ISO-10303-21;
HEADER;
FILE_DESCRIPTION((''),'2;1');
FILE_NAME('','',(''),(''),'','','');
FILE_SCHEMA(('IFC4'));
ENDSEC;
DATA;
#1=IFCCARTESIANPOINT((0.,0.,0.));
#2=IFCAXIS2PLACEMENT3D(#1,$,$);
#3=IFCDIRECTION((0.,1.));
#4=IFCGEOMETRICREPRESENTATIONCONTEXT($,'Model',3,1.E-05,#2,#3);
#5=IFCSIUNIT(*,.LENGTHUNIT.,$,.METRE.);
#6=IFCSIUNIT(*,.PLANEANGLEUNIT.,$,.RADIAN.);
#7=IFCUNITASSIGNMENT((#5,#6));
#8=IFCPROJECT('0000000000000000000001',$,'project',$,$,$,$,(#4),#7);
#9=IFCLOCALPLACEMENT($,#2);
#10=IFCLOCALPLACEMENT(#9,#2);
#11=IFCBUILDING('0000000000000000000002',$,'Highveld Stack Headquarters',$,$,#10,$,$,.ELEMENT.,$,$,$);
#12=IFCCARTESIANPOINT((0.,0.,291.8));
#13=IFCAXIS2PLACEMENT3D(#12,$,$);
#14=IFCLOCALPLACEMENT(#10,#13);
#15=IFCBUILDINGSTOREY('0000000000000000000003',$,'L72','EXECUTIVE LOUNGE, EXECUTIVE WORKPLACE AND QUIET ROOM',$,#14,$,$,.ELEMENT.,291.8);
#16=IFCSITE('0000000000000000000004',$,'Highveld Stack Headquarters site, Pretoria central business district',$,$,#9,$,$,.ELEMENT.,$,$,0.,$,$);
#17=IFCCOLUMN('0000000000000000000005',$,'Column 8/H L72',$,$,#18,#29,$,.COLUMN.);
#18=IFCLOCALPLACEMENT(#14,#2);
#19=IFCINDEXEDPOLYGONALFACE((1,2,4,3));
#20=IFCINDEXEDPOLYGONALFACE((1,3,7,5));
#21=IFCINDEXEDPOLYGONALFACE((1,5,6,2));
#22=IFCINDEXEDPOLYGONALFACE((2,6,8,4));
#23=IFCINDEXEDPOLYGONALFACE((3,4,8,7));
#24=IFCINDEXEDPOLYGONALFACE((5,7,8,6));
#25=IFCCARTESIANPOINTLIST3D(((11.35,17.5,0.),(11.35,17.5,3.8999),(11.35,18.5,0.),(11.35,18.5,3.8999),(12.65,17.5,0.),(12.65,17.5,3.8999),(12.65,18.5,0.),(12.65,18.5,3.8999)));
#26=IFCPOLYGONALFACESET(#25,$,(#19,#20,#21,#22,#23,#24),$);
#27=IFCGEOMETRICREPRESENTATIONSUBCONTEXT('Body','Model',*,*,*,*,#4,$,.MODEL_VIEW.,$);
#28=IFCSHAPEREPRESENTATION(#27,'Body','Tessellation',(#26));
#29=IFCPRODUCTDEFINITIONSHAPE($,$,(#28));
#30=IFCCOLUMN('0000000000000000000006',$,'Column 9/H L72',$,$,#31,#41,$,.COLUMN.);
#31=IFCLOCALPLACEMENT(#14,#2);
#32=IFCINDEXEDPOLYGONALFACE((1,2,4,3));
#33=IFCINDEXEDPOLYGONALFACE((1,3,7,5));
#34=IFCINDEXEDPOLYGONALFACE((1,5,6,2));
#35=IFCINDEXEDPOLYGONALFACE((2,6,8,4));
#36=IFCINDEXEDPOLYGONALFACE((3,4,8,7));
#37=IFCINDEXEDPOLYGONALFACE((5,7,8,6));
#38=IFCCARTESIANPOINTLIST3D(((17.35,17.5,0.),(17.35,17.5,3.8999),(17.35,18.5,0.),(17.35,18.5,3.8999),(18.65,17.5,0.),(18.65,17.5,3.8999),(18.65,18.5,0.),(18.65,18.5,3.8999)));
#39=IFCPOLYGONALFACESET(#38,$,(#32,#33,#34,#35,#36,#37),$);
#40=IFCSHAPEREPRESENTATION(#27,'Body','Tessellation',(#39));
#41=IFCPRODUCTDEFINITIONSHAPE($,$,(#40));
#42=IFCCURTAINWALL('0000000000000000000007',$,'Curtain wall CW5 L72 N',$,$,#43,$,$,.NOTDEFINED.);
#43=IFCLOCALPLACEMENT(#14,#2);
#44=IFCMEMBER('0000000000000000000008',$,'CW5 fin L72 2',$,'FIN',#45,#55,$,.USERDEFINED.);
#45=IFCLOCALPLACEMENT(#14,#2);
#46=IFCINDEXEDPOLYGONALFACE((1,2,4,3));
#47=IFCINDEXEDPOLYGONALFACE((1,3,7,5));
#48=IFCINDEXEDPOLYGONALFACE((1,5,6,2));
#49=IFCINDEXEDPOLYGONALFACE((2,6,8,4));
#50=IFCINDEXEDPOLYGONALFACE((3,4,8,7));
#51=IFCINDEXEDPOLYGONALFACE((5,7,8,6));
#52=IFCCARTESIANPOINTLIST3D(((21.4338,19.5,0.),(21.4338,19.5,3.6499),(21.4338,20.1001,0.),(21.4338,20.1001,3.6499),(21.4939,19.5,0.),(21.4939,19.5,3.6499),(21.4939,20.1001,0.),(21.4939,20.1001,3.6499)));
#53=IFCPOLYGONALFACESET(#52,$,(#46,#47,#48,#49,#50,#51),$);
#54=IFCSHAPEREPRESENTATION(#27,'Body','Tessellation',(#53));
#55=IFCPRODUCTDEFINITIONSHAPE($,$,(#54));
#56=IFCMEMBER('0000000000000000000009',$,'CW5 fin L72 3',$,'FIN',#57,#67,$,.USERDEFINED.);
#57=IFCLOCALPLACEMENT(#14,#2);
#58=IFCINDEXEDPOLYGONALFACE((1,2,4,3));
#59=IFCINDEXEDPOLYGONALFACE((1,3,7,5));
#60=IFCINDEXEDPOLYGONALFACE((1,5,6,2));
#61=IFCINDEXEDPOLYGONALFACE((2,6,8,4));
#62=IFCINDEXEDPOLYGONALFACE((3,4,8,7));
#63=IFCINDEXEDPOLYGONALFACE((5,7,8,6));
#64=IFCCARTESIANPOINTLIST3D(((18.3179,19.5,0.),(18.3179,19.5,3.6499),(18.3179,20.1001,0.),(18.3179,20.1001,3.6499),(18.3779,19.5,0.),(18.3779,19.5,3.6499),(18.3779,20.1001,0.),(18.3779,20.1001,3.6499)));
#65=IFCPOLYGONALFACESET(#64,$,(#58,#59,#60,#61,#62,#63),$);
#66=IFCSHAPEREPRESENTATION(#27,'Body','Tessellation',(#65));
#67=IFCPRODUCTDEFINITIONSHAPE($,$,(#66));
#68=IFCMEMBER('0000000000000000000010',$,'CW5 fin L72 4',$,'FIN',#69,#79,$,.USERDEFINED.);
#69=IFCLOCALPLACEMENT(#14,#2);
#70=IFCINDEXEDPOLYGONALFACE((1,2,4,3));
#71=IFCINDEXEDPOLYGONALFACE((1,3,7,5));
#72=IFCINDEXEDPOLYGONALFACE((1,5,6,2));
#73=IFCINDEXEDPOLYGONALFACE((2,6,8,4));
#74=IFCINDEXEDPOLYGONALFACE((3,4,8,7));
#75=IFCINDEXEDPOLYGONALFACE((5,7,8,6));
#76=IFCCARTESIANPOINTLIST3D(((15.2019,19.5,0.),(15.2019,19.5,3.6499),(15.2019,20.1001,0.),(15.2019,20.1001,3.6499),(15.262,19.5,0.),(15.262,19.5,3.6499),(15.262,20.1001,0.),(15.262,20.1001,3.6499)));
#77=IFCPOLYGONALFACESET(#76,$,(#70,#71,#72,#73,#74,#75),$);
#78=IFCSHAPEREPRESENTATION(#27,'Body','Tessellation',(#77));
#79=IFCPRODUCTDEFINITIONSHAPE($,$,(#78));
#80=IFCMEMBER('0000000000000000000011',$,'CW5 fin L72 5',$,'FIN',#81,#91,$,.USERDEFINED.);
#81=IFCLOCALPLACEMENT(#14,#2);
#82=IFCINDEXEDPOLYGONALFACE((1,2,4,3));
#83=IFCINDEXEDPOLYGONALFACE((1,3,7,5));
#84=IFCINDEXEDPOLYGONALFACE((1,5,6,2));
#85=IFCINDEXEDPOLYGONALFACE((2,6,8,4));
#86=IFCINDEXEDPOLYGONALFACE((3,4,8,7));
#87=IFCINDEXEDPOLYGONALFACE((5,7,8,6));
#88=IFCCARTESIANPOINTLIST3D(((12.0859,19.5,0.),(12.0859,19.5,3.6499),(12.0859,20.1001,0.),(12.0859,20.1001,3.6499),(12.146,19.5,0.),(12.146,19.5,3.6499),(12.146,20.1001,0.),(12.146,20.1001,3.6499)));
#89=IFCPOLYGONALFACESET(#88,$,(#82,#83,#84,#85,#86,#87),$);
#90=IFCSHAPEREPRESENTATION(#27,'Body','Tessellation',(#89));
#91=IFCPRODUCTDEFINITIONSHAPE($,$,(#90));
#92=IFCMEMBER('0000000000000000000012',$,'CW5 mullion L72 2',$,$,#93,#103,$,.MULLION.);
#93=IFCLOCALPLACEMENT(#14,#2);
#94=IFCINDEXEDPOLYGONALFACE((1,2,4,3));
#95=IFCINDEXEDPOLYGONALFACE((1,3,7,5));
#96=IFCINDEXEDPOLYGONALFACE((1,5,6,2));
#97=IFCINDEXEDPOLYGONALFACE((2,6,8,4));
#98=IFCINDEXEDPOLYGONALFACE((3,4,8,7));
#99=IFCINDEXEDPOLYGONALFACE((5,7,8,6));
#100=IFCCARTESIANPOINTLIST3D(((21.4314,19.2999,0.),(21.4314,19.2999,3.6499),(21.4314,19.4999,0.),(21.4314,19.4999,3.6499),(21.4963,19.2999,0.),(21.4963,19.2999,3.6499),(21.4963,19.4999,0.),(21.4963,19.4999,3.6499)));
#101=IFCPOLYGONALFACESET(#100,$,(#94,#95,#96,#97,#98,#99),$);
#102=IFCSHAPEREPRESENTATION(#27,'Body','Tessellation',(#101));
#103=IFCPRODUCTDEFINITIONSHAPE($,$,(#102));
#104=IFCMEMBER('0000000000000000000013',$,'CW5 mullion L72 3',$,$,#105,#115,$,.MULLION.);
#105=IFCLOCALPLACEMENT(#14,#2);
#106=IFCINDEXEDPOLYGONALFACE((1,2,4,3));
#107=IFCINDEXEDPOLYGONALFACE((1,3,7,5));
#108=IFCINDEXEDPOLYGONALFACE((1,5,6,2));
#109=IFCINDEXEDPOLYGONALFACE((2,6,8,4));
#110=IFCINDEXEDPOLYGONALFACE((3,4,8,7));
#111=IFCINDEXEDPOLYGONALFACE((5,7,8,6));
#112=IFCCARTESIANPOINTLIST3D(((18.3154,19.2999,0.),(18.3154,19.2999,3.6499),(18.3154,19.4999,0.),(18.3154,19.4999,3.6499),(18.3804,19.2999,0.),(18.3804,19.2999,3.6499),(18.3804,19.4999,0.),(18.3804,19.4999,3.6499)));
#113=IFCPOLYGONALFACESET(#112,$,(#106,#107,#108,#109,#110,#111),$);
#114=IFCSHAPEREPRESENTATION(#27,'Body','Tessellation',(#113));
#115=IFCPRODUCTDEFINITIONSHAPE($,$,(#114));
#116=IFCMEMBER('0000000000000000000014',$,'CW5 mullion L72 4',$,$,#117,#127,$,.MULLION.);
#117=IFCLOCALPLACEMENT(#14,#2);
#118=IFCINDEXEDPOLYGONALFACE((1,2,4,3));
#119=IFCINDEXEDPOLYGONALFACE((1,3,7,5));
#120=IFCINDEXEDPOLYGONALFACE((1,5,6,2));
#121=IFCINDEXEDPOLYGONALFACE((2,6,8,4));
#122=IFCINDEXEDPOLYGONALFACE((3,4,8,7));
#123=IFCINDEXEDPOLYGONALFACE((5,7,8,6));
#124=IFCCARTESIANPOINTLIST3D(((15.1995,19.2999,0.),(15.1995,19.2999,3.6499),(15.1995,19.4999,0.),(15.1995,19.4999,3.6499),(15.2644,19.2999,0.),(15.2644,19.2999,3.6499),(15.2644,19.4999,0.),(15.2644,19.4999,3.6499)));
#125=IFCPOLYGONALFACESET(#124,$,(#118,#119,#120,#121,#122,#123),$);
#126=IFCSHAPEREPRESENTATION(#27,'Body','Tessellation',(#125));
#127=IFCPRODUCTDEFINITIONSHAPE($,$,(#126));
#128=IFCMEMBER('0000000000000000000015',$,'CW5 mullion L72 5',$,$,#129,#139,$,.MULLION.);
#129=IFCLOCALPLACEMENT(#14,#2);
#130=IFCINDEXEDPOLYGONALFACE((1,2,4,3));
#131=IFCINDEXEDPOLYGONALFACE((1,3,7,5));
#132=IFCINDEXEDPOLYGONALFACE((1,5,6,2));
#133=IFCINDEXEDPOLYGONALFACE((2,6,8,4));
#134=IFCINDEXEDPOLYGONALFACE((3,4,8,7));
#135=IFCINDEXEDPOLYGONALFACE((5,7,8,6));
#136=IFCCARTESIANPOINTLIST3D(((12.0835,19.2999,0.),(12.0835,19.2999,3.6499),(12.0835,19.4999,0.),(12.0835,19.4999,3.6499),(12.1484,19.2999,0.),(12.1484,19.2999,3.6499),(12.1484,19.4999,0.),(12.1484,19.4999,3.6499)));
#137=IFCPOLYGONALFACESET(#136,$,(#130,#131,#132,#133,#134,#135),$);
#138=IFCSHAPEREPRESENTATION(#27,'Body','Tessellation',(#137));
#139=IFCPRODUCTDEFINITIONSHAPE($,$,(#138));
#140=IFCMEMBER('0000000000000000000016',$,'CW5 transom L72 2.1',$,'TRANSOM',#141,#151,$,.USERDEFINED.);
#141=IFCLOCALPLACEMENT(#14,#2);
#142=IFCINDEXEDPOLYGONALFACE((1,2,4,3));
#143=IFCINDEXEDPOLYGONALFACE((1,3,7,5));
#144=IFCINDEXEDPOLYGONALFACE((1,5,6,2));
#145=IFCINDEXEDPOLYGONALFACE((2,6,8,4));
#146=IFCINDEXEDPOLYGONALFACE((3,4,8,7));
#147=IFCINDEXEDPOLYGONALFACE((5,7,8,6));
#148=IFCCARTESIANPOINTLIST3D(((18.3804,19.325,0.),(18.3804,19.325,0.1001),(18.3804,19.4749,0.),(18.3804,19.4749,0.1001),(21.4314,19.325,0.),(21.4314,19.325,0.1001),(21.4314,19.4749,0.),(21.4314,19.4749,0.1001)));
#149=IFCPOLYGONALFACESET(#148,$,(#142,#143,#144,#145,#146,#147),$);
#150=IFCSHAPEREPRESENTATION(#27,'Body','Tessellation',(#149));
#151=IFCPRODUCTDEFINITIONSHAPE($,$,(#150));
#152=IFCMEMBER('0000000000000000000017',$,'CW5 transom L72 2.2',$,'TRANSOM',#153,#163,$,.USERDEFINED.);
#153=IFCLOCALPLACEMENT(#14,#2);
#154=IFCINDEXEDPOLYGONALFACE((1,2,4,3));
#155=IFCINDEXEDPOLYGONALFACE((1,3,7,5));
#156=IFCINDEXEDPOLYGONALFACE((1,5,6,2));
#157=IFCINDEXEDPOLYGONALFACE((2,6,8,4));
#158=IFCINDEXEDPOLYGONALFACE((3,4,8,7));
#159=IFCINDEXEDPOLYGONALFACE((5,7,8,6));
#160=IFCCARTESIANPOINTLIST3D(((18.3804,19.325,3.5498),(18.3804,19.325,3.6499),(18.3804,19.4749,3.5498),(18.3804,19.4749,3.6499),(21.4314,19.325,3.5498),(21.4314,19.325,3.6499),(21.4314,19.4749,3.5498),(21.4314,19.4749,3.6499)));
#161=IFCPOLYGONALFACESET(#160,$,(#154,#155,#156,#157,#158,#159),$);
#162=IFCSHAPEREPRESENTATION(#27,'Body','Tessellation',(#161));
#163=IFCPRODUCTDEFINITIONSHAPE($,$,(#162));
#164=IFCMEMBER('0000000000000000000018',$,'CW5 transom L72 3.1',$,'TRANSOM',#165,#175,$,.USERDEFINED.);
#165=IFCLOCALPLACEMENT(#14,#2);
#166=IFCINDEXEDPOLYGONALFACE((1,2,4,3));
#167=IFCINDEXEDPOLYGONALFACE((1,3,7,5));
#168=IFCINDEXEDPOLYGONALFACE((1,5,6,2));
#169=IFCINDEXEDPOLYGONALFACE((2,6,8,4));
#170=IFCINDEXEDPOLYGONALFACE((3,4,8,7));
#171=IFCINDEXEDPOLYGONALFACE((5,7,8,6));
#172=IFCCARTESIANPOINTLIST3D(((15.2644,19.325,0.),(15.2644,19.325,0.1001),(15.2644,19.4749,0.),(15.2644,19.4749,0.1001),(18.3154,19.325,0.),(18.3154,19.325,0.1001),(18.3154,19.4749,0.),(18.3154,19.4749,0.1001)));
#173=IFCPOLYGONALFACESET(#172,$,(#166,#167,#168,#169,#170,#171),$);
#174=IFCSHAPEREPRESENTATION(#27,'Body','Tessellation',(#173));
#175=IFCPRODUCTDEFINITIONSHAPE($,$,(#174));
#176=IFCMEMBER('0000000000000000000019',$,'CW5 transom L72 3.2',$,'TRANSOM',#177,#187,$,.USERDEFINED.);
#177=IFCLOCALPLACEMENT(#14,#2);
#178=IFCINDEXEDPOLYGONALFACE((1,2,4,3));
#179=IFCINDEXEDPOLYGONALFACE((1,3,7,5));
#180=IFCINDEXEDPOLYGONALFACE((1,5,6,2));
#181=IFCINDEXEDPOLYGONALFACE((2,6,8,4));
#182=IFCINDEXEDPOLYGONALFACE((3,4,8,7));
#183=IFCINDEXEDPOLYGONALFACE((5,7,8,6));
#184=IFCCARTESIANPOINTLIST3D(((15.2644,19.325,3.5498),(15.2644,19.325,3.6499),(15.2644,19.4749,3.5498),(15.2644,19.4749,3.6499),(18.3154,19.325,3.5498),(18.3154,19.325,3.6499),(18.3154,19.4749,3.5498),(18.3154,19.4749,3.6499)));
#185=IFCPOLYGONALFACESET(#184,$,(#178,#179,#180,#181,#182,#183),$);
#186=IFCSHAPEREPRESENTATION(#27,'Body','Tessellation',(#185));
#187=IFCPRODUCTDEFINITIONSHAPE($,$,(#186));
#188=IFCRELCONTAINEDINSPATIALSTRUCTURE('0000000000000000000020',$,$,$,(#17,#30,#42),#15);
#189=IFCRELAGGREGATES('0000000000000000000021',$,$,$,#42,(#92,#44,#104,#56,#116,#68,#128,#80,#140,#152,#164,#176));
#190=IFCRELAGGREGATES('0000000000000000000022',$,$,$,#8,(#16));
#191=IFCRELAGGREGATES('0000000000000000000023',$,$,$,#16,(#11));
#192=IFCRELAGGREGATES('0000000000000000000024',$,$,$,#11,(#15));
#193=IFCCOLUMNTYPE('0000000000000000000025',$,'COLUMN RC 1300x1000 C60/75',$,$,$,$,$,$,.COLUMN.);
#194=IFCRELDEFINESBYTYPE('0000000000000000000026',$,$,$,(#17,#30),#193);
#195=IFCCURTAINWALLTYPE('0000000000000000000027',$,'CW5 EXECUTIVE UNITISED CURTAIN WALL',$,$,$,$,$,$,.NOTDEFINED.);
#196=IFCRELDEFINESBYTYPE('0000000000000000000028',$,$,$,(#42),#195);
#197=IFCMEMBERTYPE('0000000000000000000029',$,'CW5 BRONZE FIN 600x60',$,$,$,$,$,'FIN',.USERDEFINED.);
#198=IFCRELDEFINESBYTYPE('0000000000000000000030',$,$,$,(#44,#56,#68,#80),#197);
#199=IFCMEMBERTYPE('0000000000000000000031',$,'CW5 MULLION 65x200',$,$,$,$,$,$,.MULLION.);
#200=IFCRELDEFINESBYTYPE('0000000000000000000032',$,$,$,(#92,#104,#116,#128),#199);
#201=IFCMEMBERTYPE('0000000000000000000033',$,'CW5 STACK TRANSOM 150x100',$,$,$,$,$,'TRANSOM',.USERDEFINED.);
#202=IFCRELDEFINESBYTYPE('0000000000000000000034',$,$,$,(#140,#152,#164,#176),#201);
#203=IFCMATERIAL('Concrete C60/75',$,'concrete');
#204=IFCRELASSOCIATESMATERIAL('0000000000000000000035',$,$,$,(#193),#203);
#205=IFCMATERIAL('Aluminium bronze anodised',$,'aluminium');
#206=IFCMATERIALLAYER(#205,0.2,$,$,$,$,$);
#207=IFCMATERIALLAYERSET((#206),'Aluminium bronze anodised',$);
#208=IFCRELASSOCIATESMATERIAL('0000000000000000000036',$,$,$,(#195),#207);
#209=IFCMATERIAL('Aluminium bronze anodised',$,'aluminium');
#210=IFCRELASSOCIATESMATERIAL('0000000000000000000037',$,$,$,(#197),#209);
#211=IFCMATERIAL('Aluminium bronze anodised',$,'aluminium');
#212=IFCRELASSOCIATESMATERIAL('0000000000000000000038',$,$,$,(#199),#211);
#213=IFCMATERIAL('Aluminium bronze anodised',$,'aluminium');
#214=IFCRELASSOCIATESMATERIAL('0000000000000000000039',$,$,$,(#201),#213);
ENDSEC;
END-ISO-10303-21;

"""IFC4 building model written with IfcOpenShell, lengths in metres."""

from ifc_helpers import new_model, si_unit, direction, frame, origin, origin_2d, place, context, subcontext, project, spatial, rectangle, extrude, material, layer, layer_set, material_profile, profile_set, type_object, element, aggregate, save


model = new_model("IFC4")

# Units and contexts
model_context = context("Model", 3, precision=1e-05, world=origin(), true_north=direction((0.0, 1.0)))
body_context = subcontext(model_context, "Body", "Model", "MODEL_VIEW")
ifc_project = project(units=[si_unit("LENGTHUNIT", "METRE"), si_unit("PLANEANGLEUNIT", "RADIAN")], contexts=[model_context])

# Site, building, storey
site_placement = place(None, origin())
site = spatial("IfcSite", under=ifc_project, at=site_placement, Name="Highveld Stack Headquarters site, Pretoria central business district", CompositionType="ELEMENT", RefElevation=0.0)
building_placement = place(site_placement, origin())
building = spatial("IfcBuilding", under=site, at=building_placement, Name="Highveld Stack Headquarters", CompositionType="ELEMENT")
storey_placement = place(building_placement, frame((0.0, 0.0, 291.8)))
storey = spatial("IfcBuildingStorey", under=building, at=storey_placement, Name="L72", Description="EXECUTIVE LOUNGE, EXECUTIVE WORKPLACE AND QUIET ROOM", CompositionType="ELEMENT", Elevation=291.8)

# Columns
ifc_material_1 = material(Name="Concrete C60/75", Category="concrete")
ifc_material_profile_1 = material_profile(ifc_material_1, rectangle(XDim=1.3, YDim=1.0, at=origin_2d()), Name="RC 1300x1000")
ifc_profile_set_1 = profile_set([ifc_material_profile_1], Name="Concrete C60/75")
column_type = type_object("IfcColumnType", Name="COLUMN RC 1300x1000 C60/75", PredefinedType="COLUMN", material=ifc_profile_set_1)
for number, where, z_axis, x_axis, name in (
    (1, (12.0, 18.0, 0.0), (0.0, 0.0, 1.0), (1.0, 0.0, 0.0), "Column 8/H L72"),
    (2, (18.0, 18.0, 0.0), (0.0, 0.0, 1.0), (1.0, 0.0, 0.0), "Column 9/H L72"),
):
    element("IfcColumn", number, at=place(storey_placement, frame(where, z_axis=z_axis, x_axis=x_axis)), inside=storey, type_object=column_type, Name=name, PredefinedType="COLUMN", context=body_context, shape_type="SweptSolid", body=[
        extrude(rectangle(XDim=1.3, YDim=1.0, at=origin_2d()), origin(), (0.0, 0.0, 1.0), 3.8999),
    ])

# Curtain wall, members
ifc_material_2 = material(Name="Aluminium bronze anodised", Category="aluminium")
ifc_layer_1 = layer(ifc_material_2, 0.2)
ifc_layer_set_1 = layer_set([ifc_layer_1], Name="Aluminium bronze anodised")
curtain_wall_type = type_object("IfcCurtainWallType", Name="CW5 EXECUTIVE UNITISED CURTAIN WALL", PredefinedType="NOTDEFINED", material=ifc_layer_set_1)
curtain_wall_placement = place(storey_placement, origin())
curtain_wall = element("IfcCurtainWall", 3, at=curtain_wall_placement, inside=storey, type_object=curtain_wall_type, Name="Curtain wall CW5 L72 N", PredefinedType="NOTDEFINED")
ifc_material_3 = material(Name="Aluminium bronze anodised", Category="aluminium")
ifc_material_profile_2 = material_profile(ifc_material_3, rectangle(XDim=0.6001, YDim=0.0601, at=origin_2d()), Name="FIN 600x60")
ifc_profile_set_2 = profile_set([ifc_material_profile_2], Name="Aluminium bronze anodised")
member_type_1 = type_object("IfcMemberType", Name="CW5 BRONZE FIN 600x60", ElementType="FIN", PredefinedType="USERDEFINED", material=ifc_profile_set_2)
member_1_placement = place(storey_placement, frame((21.4639, 19.8, 0.0), z_axis=(0.0, 0.0, 1.0), x_axis=(0.0, -1.0, 0.0)))
member_1 = element("IfcMember", 4, at=member_1_placement, type_object=member_type_1, Name="CW5 fin L72 2", ObjectType="FIN", PredefinedType="USERDEFINED", context=body_context, shape_type="SweptSolid", body=[
    extrude(rectangle(XDim=0.6001, YDim=0.0601, at=origin_2d()), origin(), (0.0, 0.0, 1.0), 3.6499),
])
member_2_placement = place(storey_placement, frame((18.3479, 19.8, 0.0), z_axis=(0.0, 0.0, 1.0), x_axis=(0.0, -1.0, 0.0)))
member_2 = element("IfcMember", 5, at=member_2_placement, type_object=member_type_1, Name="CW5 fin L72 3", ObjectType="FIN", PredefinedType="USERDEFINED", context=body_context, shape_type="SweptSolid", body=[
    extrude(rectangle(XDim=0.6001, YDim=0.0601, at=origin_2d()), origin(), (0.0, 0.0, 1.0), 3.6499),
])
member_3_placement = place(storey_placement, frame((15.2319, 19.8, 0.0), z_axis=(0.0, 0.0, 1.0), x_axis=(0.0, -1.0, 0.0)))
member_3 = element("IfcMember", 6, at=member_3_placement, type_object=member_type_1, Name="CW5 fin L72 4", ObjectType="FIN", PredefinedType="USERDEFINED", context=body_context, shape_type="SweptSolid", body=[
    extrude(rectangle(XDim=0.6001, YDim=0.0601, at=origin_2d()), origin(), (0.0, 0.0, 1.0), 3.6499),
])
member_4_placement = place(storey_placement, frame((12.116, 19.8, 0.0), z_axis=(0.0, 0.0, 1.0), x_axis=(0.0, -1.0, 0.0)))
member_4 = element("IfcMember", 7, at=member_4_placement, type_object=member_type_1, Name="CW5 fin L72 5", ObjectType="FIN", PredefinedType="USERDEFINED", context=body_context, shape_type="SweptSolid", body=[
    extrude(rectangle(XDim=0.6001, YDim=0.0601, at=origin_2d()), origin(), (0.0, 0.0, 1.0), 3.6499),
])
ifc_material_4 = material(Name="Aluminium bronze anodised", Category="aluminium")
ifc_material_profile_3 = material_profile(ifc_material_4, rectangle(XDim=0.2, YDim=0.0649, at=origin_2d()), Name="CW5 MULLION 65x200")
ifc_profile_set_3 = profile_set([ifc_material_profile_3], Name="Aluminium bronze anodised")
member_type_2 = type_object("IfcMemberType", Name="CW5 MULLION 65x200", PredefinedType="MULLION", material=ifc_profile_set_3)
member_5_placement = place(storey_placement, frame((21.4639, 19.3999, 0.0), z_axis=(0.0, 0.0, 1.0), x_axis=(0.0, -1.0, 0.0)))
member_5 = element("IfcMember", 8, at=member_5_placement, type_object=member_type_2, Name="CW5 mullion L72 2", PredefinedType="MULLION", context=body_context, shape_type="SweptSolid", body=[
    extrude(rectangle(XDim=0.2, YDim=0.0649, at=origin_2d()), origin(), (0.0, 0.0, 1.0), 3.6499),
])
member_6_placement = place(storey_placement, frame((18.3479, 19.3999, 0.0), z_axis=(0.0, 0.0, 1.0), x_axis=(0.0, -1.0, 0.0)))
member_6 = element("IfcMember", 9, at=member_6_placement, type_object=member_type_2, Name="CW5 mullion L72 3", PredefinedType="MULLION", context=body_context, shape_type="SweptSolid", body=[
    extrude(rectangle(XDim=0.2, YDim=0.0649, at=origin_2d()), origin(), (0.0, 0.0, 1.0), 3.6499),
])
member_7_placement = place(storey_placement, frame((15.2319, 19.3999, 0.0), z_axis=(0.0, 0.0, 1.0), x_axis=(0.0, -1.0, 0.0)))
member_7 = element("IfcMember", 10, at=member_7_placement, type_object=member_type_2, Name="CW5 mullion L72 4", PredefinedType="MULLION", context=body_context, shape_type="SweptSolid", body=[
    extrude(rectangle(XDim=0.2, YDim=0.0649, at=origin_2d()), origin(), (0.0, 0.0, 1.0), 3.6499),
])
member_8_placement = place(storey_placement, frame((12.116, 19.3999, 0.0), z_axis=(0.0, 0.0, 1.0), x_axis=(0.0, -1.0, 0.0)))
member_8 = element("IfcMember", 11, at=member_8_placement, type_object=member_type_2, Name="CW5 mullion L72 5", PredefinedType="MULLION", context=body_context, shape_type="SweptSolid", body=[
    extrude(rectangle(XDim=0.2, YDim=0.0649, at=origin_2d()), origin(), (0.0, 0.0, 1.0), 3.6499),
])
ifc_material_5 = material(Name="Aluminium bronze anodised", Category="aluminium")
ifc_material_profile_4 = material_profile(ifc_material_5, rectangle(XDim=0.1499, YDim=0.1001, at=origin_2d()), Name="CW5 TRANSOM 150x100")
ifc_profile_set_4 = profile_set([ifc_material_profile_4], Name="Aluminium bronze anodised")
member_type_3 = type_object("IfcMemberType", Name="CW5 STACK TRANSOM 150x100", ElementType="TRANSOM", PredefinedType="USERDEFINED", material=ifc_profile_set_4)
member_9_placement = place(storey_placement, frame((21.4314, 19.3999, 0.05), z_axis=(-1.0, 0.0, 0.0), x_axis=(0.0, -1.0, 0.0)))
member_9 = element("IfcMember", 12, at=member_9_placement, type_object=member_type_3, Name="CW5 transom L72 2.1", ObjectType="TRANSOM", PredefinedType="USERDEFINED", context=body_context, shape_type="SweptSolid", body=[
    extrude(rectangle(XDim=0.1499, YDim=0.1001, at=origin_2d()), origin(), (0.0, 0.0, 1.0), 3.051),
])
member_10_placement = place(storey_placement, frame((21.4314, 19.3999, 3.5999), z_axis=(-1.0, 0.0, 0.0), x_axis=(0.0, -1.0, 0.0)))
member_10 = element("IfcMember", 13, at=member_10_placement, type_object=member_type_3, Name="CW5 transom L72 2.2", ObjectType="TRANSOM", PredefinedType="USERDEFINED", context=body_context, shape_type="SweptSolid", body=[
    extrude(rectangle(XDim=0.1499, YDim=0.1001, at=origin_2d()), origin(), (0.0, 0.0, 1.0), 3.051),
])
member_11_placement = place(storey_placement, frame((18.3154, 19.3999, 0.05), z_axis=(-1.0, 0.0, 0.0), x_axis=(0.0, -1.0, 0.0)))
member_11 = element("IfcMember", 14, at=member_11_placement, type_object=member_type_3, Name="CW5 transom L72 3.1", ObjectType="TRANSOM", PredefinedType="USERDEFINED", context=body_context, shape_type="SweptSolid", body=[
    extrude(rectangle(XDim=0.1499, YDim=0.1001, at=origin_2d()), origin(), (0.0, 0.0, 1.0), 3.051),
])
member_12_placement = place(storey_placement, frame((18.3154, 19.3999, 3.5999), z_axis=(-1.0, 0.0, 0.0), x_axis=(0.0, -1.0, 0.0)))
member_12 = element("IfcMember", 15, at=member_12_placement, type_object=member_type_3, Name="CW5 transom L72 3.2", ObjectType="TRANSOM", PredefinedType="USERDEFINED", context=body_context, shape_type="SweptSolid", body=[
    extrude(rectangle(XDim=0.1499, YDim=0.1001, at=origin_2d()), origin(), (0.0, 0.0, 1.0), 3.051),
])
aggregate(curtain_wall, [member_5, member_1, member_6, member_2, member_7, member_3, member_8, member_4, member_9, member_10, member_11, member_12])

save(model, "model.ifc")
